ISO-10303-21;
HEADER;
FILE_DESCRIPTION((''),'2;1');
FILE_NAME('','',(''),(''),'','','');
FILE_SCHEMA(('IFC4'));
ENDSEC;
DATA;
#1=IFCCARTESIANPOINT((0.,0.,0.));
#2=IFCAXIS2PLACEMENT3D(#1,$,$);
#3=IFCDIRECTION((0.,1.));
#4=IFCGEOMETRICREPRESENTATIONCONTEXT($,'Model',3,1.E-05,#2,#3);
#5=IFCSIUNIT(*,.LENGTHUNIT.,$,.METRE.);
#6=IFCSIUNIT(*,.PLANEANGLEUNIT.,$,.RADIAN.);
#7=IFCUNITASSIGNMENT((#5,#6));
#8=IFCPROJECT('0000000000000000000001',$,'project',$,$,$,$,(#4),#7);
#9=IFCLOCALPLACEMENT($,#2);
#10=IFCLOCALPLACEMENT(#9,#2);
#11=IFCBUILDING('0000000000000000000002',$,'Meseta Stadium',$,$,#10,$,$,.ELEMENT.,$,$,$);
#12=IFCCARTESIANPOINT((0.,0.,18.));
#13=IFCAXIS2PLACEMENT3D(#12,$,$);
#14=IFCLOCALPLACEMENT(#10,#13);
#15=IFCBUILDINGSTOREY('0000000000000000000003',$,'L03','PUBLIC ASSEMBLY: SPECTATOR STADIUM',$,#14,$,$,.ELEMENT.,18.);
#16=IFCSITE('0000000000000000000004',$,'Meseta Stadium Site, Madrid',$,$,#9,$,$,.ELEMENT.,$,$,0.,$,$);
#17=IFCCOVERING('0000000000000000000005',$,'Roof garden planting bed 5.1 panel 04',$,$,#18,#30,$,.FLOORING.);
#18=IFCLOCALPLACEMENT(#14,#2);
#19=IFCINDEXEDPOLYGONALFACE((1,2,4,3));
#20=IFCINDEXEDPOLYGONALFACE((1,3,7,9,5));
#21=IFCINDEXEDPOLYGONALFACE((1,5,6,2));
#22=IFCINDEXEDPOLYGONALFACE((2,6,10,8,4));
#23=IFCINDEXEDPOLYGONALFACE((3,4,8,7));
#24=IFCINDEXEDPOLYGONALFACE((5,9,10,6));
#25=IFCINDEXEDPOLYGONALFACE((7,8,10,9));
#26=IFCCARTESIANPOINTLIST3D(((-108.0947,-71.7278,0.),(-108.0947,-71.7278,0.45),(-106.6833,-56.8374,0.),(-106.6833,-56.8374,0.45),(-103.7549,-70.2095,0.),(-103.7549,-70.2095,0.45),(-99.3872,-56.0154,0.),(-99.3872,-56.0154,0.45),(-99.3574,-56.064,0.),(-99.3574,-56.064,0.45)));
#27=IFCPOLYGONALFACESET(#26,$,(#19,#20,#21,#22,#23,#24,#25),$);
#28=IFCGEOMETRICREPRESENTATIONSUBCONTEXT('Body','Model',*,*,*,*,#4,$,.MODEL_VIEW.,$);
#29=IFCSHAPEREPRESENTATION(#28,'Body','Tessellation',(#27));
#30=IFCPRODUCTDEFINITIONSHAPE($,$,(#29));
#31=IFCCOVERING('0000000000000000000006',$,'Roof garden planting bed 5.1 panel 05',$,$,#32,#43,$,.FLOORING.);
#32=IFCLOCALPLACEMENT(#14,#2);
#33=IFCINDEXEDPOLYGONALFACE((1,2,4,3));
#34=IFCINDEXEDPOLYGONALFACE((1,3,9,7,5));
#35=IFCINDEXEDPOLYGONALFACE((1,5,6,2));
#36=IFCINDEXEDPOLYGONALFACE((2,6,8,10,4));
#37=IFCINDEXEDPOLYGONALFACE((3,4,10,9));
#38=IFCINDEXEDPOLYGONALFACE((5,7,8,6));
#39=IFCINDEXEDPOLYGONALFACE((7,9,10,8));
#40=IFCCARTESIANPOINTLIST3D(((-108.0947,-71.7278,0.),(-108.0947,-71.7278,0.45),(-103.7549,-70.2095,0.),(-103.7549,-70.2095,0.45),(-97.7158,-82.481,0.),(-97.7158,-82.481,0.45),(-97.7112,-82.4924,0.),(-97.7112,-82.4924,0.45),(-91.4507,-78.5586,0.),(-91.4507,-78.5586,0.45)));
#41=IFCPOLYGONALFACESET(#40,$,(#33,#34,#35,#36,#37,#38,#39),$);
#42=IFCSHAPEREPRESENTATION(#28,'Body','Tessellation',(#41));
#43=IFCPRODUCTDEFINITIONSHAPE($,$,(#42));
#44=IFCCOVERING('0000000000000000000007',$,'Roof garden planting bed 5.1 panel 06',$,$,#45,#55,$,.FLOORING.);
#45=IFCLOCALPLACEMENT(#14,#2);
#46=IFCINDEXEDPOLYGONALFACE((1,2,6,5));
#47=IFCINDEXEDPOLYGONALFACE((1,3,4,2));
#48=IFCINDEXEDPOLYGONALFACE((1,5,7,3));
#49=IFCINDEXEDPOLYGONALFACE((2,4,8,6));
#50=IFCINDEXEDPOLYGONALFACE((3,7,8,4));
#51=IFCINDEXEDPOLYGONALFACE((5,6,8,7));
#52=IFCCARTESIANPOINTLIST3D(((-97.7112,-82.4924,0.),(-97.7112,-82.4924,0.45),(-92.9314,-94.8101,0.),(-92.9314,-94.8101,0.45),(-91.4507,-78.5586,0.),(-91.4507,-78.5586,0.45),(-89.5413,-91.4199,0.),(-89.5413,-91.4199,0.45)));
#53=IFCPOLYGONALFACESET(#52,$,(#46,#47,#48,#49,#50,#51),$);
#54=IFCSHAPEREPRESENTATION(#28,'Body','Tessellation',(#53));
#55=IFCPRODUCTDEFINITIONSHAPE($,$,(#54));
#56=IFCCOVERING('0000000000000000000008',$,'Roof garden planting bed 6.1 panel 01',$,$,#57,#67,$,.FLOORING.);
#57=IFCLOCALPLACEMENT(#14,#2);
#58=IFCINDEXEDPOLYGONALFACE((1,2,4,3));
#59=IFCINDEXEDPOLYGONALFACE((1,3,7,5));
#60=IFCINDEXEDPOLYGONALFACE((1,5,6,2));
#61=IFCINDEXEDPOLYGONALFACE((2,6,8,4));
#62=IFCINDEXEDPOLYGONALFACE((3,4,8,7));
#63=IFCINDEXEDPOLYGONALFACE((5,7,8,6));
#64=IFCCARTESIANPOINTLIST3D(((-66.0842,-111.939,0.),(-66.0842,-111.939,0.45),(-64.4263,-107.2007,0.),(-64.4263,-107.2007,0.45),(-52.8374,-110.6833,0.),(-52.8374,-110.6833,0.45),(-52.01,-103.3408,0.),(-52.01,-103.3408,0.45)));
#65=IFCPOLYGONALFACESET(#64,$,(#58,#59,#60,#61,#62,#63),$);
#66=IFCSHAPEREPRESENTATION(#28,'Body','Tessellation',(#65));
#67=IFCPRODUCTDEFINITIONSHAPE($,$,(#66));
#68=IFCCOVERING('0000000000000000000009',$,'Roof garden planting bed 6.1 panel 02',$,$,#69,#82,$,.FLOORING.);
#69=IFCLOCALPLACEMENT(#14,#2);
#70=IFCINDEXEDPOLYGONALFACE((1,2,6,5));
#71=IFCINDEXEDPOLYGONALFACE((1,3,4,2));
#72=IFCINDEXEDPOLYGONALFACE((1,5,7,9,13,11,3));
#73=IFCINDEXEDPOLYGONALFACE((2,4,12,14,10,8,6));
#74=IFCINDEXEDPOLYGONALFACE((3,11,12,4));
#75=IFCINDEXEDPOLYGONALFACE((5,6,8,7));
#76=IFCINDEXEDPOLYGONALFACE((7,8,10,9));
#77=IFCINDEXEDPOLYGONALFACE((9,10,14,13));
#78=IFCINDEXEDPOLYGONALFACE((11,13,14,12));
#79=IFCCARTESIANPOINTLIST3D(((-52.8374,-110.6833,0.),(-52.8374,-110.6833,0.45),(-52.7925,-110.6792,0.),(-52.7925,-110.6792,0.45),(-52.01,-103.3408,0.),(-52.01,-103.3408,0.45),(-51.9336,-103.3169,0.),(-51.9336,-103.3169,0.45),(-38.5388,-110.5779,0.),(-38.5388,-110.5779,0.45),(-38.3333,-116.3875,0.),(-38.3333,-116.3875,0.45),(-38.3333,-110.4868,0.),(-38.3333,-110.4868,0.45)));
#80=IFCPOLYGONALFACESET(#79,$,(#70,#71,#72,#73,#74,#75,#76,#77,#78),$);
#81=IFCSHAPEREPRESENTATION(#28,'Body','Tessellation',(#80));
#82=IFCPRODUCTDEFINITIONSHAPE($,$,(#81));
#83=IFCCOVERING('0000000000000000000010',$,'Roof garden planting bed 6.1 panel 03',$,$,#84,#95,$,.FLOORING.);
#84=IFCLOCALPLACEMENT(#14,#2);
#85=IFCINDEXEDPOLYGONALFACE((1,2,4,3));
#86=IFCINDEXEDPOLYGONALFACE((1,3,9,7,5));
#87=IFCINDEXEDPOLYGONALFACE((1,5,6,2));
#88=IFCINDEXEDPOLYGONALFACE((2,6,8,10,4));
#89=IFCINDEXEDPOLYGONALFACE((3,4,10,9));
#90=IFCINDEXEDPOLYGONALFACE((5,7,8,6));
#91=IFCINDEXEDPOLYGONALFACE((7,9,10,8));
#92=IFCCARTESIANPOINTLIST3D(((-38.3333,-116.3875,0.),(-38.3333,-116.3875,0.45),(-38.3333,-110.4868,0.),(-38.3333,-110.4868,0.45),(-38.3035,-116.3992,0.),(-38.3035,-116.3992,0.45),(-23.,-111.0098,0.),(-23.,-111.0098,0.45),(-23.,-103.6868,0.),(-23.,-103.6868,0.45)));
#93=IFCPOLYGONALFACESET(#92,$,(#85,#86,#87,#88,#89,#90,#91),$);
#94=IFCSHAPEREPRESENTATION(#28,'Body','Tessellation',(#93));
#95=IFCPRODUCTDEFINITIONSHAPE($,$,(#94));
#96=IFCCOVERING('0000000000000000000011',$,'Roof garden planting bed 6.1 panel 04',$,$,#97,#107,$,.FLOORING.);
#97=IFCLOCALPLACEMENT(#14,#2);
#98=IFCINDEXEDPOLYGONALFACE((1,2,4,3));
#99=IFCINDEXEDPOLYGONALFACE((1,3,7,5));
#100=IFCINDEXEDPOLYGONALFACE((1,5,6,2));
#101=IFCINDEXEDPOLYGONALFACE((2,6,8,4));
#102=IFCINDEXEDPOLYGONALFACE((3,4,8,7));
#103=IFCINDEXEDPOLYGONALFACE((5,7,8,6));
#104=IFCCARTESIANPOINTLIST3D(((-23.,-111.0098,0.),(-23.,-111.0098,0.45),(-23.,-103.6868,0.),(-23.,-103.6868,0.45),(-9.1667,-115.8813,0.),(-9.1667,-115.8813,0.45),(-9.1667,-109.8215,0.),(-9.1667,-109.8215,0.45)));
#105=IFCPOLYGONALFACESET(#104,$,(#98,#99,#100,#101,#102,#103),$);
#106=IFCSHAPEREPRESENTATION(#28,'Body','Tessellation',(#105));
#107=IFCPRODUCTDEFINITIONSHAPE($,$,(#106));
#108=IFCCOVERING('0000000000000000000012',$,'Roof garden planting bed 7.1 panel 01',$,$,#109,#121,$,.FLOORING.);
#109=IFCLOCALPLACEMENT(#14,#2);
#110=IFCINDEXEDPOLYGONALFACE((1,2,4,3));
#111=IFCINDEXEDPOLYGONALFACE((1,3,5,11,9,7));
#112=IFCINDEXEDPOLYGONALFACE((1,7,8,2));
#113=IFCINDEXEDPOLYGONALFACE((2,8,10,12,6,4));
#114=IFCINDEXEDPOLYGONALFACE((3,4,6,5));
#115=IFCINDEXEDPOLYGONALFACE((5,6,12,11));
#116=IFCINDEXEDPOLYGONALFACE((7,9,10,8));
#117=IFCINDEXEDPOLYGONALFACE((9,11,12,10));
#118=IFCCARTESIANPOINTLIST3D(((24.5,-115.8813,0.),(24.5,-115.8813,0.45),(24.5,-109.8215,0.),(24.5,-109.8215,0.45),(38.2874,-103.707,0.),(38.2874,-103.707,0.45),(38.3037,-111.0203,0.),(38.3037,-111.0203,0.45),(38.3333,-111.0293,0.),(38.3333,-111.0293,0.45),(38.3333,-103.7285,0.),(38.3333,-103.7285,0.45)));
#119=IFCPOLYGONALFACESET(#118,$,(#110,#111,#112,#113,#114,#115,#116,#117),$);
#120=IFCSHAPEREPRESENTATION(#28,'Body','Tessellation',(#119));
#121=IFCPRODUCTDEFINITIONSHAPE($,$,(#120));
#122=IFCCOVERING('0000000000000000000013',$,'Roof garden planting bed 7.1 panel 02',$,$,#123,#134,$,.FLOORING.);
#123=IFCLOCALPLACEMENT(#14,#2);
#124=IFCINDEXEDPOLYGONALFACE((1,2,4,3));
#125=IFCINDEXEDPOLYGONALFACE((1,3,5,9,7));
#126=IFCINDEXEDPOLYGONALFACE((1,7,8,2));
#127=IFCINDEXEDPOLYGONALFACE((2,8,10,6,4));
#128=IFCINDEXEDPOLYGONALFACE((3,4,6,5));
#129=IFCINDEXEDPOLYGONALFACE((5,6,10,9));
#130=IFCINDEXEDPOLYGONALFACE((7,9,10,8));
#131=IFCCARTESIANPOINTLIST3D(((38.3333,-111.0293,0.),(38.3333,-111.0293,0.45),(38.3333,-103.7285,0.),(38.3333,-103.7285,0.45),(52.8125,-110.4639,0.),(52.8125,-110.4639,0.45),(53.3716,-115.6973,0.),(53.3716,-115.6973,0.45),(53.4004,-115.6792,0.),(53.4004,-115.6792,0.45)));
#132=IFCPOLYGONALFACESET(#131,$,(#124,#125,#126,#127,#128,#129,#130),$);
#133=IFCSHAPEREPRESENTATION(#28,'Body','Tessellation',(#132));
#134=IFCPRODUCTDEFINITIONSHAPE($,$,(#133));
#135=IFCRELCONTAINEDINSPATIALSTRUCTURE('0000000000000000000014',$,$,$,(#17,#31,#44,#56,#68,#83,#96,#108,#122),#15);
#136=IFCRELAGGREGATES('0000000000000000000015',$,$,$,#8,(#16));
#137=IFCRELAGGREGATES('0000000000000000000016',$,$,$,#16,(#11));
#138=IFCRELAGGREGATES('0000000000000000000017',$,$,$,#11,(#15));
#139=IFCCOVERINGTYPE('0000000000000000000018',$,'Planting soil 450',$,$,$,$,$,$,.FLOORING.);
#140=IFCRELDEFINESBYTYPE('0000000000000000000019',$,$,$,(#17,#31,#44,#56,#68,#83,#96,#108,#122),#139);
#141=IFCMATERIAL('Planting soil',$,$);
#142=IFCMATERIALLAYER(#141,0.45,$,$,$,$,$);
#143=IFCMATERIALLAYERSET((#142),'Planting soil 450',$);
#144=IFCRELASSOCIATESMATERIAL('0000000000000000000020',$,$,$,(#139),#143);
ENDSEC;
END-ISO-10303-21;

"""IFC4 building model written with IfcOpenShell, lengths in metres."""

from ifc_helpers import new_model, si_unit, direction, frame, origin, place, context, subcontext, project, spatial, polyline, outline, extrude, material, layer, layer_set, type_object, element, save


model = new_model("IFC4")

# Units and contexts
model_context = context("Model", 3, precision=1e-05, world=origin(), true_north=direction((0.0, 1.0)))
body_context = subcontext(model_context, "Body", "Model", "MODEL_VIEW")
ifc_project = project(units=[si_unit("LENGTHUNIT", "METRE"), si_unit("PLANEANGLEUNIT", "RADIAN")], contexts=[model_context])

# Site, building, storey
site_placement = place(None, origin())
site = spatial("IfcSite", under=ifc_project, at=site_placement, Name="Meseta Stadium Site, Madrid", CompositionType="ELEMENT", RefElevation=0.0)
building_placement = place(site_placement, origin())
building = spatial("IfcBuilding", under=site, at=building_placement, Name="Meseta Stadium", CompositionType="ELEMENT")
storey_placement = place(building_placement, frame((0.0, 0.0, 18.0)))
storey = spatial("IfcBuildingStorey", under=building, at=storey_placement, Name="L03", Description="PUBLIC ASSEMBLY: SPECTATOR STADIUM", CompositionType="ELEMENT", Elevation=18.0)

# Coverings
ifc_material = material(Name="Planting soil")
ifc_layer = layer(ifc_material, 0.45)
ifc_layer_set = layer_set([ifc_layer], Name="Planting soil 450")
covering_type = type_object("IfcCoveringType", Name="Planting soil 450", PredefinedType="FLOORING", material=ifc_layer_set)
covering_1_placement = place(storey_placement, origin())
element("IfcCovering", 1, at=covering_1_placement, inside=storey, type_object=covering_type, Name="Roof garden planting bed 5.1 panel 04", PredefinedType="FLOORING", context=body_context, shape_type="SweptSolid", body=[
    extrude(outline(polyline([(-99.3872, -56.0154), (-106.6833, -56.8374), (-108.0947, -71.7278), (-103.7549, -70.2095), (-99.3574, -56.064), (-99.3872, -56.0154)])), origin(), (0.0, 0.0, 1.0), 0.45),
])
covering_2_placement = place(storey_placement, origin())
element("IfcCovering", 2, at=covering_2_placement, inside=storey, type_object=covering_type, Name="Roof garden planting bed 5.1 panel 05", PredefinedType="FLOORING", context=body_context, shape_type="SweptSolid", body=[
    extrude(outline(polyline([(-103.7549, -70.2095), (-108.0947, -71.7278), (-97.7158, -82.481), (-97.7112, -82.4924), (-91.4507, -78.5586), (-103.7549, -70.2095)])), origin(), (0.0, 0.0, 1.0), 0.45),
])
covering_3_placement = place(storey_placement, origin())
element("IfcCovering", 3, at=covering_3_placement, inside=storey, type_object=covering_type, Name="Roof garden planting bed 5.1 panel 06", PredefinedType="FLOORING", context=body_context, shape_type="SweptSolid", body=[
    extrude(outline(polyline([(-91.4507, -78.5586), (-97.7112, -82.4924), (-92.9314, -94.8101), (-89.5413, -91.4199), (-91.4507, -78.5586)])), origin(), (0.0, 0.0, 1.0), 0.45),
])
covering_4_placement = place(storey_placement, origin())
element("IfcCovering", 4, at=covering_4_placement, inside=storey, type_object=covering_type, Name="Roof garden planting bed 6.1 panel 01", PredefinedType="FLOORING", context=body_context, shape_type="SweptSolid", body=[
    extrude(outline(polyline([(-66.0842, -111.939), (-52.8374, -110.6833), (-52.01, -103.3408), (-64.4263, -107.2007), (-66.0842, -111.939)])), origin(), (0.0, 0.0, 1.0), 0.45),
])
covering_5_placement = place(storey_placement, origin())
element("IfcCovering", 5, at=covering_5_placement, inside=storey, type_object=covering_type, Name="Roof garden planting bed 6.1 panel 02", PredefinedType="FLOORING", context=body_context, shape_type="SweptSolid", body=[
    extrude(outline(polyline([(-38.3333, -116.3875), (-38.3333, -110.4868), (-38.5388, -110.5779), (-51.9336, -103.3169), (-52.01, -103.3408), (-52.8374, -110.6833), (-52.7925, -110.6792), (-38.3333, -116.3875)])), origin(), (0.0, 0.0, 1.0), 0.45),
])
covering_6_placement = place(storey_placement, origin())
element("IfcCovering", 6, at=covering_6_placement, inside=storey, type_object=covering_type, Name="Roof garden planting bed 6.1 panel 03", PredefinedType="FLOORING", context=body_context, shape_type="SweptSolid", body=[
    extrude(outline(polyline([(-38.3333, -110.4868), (-38.3333, -116.3875), (-38.3035, -116.3992), (-23.0, -111.0098), (-23.0, -103.6868), (-38.3333, -110.4868)])), origin(), (0.0, 0.0, 1.0), 0.45),
])
covering_7_placement = place(storey_placement, origin())
element("IfcCovering", 7, at=covering_7_placement, inside=storey, type_object=covering_type, Name="Roof garden planting bed 6.1 panel 04", PredefinedType="FLOORING", context=body_context, shape_type="SweptSolid", body=[
    extrude(outline(polyline([(-9.1667, -109.8215), (-23.0, -103.6868), (-23.0, -111.0098), (-9.1667, -115.8813), (-9.1667, -109.8215)])), origin(), (0.0, 0.0, 1.0), 0.45),
])
covering_8_placement = place(storey_placement, origin())
element("IfcCovering", 8, at=covering_8_placement, inside=storey, type_object=covering_type, Name="Roof garden planting bed 7.1 panel 01", PredefinedType="FLOORING", context=body_context, shape_type="SweptSolid", body=[
    extrude(outline(polyline([(24.5, -109.8215), (24.5, -115.8813), (38.3037, -111.0203), (38.3333, -111.0293), (38.3333, -103.7285), (38.2874, -103.707), (24.5, -109.8215)])), origin(), (0.0, 0.0, 1.0), 0.45),
])
covering_9_placement = place(storey_placement, origin())
element("IfcCovering", 9, at=covering_9_placement, inside=storey, type_object=covering_type, Name="Roof garden planting bed 7.1 panel 02", PredefinedType="FLOORING", context=body_context, shape_type="SweptSolid", body=[
    extrude(outline(polyline([(53.4004, -115.6792), (52.8125, -110.4639), (38.3333, -103.7285), (38.3333, -111.0293), (53.3716, -115.6973), (53.4004, -115.6792)])), origin(), (0.0, 0.0, 1.0), 0.45),
])

save(model, "model.ifc")
